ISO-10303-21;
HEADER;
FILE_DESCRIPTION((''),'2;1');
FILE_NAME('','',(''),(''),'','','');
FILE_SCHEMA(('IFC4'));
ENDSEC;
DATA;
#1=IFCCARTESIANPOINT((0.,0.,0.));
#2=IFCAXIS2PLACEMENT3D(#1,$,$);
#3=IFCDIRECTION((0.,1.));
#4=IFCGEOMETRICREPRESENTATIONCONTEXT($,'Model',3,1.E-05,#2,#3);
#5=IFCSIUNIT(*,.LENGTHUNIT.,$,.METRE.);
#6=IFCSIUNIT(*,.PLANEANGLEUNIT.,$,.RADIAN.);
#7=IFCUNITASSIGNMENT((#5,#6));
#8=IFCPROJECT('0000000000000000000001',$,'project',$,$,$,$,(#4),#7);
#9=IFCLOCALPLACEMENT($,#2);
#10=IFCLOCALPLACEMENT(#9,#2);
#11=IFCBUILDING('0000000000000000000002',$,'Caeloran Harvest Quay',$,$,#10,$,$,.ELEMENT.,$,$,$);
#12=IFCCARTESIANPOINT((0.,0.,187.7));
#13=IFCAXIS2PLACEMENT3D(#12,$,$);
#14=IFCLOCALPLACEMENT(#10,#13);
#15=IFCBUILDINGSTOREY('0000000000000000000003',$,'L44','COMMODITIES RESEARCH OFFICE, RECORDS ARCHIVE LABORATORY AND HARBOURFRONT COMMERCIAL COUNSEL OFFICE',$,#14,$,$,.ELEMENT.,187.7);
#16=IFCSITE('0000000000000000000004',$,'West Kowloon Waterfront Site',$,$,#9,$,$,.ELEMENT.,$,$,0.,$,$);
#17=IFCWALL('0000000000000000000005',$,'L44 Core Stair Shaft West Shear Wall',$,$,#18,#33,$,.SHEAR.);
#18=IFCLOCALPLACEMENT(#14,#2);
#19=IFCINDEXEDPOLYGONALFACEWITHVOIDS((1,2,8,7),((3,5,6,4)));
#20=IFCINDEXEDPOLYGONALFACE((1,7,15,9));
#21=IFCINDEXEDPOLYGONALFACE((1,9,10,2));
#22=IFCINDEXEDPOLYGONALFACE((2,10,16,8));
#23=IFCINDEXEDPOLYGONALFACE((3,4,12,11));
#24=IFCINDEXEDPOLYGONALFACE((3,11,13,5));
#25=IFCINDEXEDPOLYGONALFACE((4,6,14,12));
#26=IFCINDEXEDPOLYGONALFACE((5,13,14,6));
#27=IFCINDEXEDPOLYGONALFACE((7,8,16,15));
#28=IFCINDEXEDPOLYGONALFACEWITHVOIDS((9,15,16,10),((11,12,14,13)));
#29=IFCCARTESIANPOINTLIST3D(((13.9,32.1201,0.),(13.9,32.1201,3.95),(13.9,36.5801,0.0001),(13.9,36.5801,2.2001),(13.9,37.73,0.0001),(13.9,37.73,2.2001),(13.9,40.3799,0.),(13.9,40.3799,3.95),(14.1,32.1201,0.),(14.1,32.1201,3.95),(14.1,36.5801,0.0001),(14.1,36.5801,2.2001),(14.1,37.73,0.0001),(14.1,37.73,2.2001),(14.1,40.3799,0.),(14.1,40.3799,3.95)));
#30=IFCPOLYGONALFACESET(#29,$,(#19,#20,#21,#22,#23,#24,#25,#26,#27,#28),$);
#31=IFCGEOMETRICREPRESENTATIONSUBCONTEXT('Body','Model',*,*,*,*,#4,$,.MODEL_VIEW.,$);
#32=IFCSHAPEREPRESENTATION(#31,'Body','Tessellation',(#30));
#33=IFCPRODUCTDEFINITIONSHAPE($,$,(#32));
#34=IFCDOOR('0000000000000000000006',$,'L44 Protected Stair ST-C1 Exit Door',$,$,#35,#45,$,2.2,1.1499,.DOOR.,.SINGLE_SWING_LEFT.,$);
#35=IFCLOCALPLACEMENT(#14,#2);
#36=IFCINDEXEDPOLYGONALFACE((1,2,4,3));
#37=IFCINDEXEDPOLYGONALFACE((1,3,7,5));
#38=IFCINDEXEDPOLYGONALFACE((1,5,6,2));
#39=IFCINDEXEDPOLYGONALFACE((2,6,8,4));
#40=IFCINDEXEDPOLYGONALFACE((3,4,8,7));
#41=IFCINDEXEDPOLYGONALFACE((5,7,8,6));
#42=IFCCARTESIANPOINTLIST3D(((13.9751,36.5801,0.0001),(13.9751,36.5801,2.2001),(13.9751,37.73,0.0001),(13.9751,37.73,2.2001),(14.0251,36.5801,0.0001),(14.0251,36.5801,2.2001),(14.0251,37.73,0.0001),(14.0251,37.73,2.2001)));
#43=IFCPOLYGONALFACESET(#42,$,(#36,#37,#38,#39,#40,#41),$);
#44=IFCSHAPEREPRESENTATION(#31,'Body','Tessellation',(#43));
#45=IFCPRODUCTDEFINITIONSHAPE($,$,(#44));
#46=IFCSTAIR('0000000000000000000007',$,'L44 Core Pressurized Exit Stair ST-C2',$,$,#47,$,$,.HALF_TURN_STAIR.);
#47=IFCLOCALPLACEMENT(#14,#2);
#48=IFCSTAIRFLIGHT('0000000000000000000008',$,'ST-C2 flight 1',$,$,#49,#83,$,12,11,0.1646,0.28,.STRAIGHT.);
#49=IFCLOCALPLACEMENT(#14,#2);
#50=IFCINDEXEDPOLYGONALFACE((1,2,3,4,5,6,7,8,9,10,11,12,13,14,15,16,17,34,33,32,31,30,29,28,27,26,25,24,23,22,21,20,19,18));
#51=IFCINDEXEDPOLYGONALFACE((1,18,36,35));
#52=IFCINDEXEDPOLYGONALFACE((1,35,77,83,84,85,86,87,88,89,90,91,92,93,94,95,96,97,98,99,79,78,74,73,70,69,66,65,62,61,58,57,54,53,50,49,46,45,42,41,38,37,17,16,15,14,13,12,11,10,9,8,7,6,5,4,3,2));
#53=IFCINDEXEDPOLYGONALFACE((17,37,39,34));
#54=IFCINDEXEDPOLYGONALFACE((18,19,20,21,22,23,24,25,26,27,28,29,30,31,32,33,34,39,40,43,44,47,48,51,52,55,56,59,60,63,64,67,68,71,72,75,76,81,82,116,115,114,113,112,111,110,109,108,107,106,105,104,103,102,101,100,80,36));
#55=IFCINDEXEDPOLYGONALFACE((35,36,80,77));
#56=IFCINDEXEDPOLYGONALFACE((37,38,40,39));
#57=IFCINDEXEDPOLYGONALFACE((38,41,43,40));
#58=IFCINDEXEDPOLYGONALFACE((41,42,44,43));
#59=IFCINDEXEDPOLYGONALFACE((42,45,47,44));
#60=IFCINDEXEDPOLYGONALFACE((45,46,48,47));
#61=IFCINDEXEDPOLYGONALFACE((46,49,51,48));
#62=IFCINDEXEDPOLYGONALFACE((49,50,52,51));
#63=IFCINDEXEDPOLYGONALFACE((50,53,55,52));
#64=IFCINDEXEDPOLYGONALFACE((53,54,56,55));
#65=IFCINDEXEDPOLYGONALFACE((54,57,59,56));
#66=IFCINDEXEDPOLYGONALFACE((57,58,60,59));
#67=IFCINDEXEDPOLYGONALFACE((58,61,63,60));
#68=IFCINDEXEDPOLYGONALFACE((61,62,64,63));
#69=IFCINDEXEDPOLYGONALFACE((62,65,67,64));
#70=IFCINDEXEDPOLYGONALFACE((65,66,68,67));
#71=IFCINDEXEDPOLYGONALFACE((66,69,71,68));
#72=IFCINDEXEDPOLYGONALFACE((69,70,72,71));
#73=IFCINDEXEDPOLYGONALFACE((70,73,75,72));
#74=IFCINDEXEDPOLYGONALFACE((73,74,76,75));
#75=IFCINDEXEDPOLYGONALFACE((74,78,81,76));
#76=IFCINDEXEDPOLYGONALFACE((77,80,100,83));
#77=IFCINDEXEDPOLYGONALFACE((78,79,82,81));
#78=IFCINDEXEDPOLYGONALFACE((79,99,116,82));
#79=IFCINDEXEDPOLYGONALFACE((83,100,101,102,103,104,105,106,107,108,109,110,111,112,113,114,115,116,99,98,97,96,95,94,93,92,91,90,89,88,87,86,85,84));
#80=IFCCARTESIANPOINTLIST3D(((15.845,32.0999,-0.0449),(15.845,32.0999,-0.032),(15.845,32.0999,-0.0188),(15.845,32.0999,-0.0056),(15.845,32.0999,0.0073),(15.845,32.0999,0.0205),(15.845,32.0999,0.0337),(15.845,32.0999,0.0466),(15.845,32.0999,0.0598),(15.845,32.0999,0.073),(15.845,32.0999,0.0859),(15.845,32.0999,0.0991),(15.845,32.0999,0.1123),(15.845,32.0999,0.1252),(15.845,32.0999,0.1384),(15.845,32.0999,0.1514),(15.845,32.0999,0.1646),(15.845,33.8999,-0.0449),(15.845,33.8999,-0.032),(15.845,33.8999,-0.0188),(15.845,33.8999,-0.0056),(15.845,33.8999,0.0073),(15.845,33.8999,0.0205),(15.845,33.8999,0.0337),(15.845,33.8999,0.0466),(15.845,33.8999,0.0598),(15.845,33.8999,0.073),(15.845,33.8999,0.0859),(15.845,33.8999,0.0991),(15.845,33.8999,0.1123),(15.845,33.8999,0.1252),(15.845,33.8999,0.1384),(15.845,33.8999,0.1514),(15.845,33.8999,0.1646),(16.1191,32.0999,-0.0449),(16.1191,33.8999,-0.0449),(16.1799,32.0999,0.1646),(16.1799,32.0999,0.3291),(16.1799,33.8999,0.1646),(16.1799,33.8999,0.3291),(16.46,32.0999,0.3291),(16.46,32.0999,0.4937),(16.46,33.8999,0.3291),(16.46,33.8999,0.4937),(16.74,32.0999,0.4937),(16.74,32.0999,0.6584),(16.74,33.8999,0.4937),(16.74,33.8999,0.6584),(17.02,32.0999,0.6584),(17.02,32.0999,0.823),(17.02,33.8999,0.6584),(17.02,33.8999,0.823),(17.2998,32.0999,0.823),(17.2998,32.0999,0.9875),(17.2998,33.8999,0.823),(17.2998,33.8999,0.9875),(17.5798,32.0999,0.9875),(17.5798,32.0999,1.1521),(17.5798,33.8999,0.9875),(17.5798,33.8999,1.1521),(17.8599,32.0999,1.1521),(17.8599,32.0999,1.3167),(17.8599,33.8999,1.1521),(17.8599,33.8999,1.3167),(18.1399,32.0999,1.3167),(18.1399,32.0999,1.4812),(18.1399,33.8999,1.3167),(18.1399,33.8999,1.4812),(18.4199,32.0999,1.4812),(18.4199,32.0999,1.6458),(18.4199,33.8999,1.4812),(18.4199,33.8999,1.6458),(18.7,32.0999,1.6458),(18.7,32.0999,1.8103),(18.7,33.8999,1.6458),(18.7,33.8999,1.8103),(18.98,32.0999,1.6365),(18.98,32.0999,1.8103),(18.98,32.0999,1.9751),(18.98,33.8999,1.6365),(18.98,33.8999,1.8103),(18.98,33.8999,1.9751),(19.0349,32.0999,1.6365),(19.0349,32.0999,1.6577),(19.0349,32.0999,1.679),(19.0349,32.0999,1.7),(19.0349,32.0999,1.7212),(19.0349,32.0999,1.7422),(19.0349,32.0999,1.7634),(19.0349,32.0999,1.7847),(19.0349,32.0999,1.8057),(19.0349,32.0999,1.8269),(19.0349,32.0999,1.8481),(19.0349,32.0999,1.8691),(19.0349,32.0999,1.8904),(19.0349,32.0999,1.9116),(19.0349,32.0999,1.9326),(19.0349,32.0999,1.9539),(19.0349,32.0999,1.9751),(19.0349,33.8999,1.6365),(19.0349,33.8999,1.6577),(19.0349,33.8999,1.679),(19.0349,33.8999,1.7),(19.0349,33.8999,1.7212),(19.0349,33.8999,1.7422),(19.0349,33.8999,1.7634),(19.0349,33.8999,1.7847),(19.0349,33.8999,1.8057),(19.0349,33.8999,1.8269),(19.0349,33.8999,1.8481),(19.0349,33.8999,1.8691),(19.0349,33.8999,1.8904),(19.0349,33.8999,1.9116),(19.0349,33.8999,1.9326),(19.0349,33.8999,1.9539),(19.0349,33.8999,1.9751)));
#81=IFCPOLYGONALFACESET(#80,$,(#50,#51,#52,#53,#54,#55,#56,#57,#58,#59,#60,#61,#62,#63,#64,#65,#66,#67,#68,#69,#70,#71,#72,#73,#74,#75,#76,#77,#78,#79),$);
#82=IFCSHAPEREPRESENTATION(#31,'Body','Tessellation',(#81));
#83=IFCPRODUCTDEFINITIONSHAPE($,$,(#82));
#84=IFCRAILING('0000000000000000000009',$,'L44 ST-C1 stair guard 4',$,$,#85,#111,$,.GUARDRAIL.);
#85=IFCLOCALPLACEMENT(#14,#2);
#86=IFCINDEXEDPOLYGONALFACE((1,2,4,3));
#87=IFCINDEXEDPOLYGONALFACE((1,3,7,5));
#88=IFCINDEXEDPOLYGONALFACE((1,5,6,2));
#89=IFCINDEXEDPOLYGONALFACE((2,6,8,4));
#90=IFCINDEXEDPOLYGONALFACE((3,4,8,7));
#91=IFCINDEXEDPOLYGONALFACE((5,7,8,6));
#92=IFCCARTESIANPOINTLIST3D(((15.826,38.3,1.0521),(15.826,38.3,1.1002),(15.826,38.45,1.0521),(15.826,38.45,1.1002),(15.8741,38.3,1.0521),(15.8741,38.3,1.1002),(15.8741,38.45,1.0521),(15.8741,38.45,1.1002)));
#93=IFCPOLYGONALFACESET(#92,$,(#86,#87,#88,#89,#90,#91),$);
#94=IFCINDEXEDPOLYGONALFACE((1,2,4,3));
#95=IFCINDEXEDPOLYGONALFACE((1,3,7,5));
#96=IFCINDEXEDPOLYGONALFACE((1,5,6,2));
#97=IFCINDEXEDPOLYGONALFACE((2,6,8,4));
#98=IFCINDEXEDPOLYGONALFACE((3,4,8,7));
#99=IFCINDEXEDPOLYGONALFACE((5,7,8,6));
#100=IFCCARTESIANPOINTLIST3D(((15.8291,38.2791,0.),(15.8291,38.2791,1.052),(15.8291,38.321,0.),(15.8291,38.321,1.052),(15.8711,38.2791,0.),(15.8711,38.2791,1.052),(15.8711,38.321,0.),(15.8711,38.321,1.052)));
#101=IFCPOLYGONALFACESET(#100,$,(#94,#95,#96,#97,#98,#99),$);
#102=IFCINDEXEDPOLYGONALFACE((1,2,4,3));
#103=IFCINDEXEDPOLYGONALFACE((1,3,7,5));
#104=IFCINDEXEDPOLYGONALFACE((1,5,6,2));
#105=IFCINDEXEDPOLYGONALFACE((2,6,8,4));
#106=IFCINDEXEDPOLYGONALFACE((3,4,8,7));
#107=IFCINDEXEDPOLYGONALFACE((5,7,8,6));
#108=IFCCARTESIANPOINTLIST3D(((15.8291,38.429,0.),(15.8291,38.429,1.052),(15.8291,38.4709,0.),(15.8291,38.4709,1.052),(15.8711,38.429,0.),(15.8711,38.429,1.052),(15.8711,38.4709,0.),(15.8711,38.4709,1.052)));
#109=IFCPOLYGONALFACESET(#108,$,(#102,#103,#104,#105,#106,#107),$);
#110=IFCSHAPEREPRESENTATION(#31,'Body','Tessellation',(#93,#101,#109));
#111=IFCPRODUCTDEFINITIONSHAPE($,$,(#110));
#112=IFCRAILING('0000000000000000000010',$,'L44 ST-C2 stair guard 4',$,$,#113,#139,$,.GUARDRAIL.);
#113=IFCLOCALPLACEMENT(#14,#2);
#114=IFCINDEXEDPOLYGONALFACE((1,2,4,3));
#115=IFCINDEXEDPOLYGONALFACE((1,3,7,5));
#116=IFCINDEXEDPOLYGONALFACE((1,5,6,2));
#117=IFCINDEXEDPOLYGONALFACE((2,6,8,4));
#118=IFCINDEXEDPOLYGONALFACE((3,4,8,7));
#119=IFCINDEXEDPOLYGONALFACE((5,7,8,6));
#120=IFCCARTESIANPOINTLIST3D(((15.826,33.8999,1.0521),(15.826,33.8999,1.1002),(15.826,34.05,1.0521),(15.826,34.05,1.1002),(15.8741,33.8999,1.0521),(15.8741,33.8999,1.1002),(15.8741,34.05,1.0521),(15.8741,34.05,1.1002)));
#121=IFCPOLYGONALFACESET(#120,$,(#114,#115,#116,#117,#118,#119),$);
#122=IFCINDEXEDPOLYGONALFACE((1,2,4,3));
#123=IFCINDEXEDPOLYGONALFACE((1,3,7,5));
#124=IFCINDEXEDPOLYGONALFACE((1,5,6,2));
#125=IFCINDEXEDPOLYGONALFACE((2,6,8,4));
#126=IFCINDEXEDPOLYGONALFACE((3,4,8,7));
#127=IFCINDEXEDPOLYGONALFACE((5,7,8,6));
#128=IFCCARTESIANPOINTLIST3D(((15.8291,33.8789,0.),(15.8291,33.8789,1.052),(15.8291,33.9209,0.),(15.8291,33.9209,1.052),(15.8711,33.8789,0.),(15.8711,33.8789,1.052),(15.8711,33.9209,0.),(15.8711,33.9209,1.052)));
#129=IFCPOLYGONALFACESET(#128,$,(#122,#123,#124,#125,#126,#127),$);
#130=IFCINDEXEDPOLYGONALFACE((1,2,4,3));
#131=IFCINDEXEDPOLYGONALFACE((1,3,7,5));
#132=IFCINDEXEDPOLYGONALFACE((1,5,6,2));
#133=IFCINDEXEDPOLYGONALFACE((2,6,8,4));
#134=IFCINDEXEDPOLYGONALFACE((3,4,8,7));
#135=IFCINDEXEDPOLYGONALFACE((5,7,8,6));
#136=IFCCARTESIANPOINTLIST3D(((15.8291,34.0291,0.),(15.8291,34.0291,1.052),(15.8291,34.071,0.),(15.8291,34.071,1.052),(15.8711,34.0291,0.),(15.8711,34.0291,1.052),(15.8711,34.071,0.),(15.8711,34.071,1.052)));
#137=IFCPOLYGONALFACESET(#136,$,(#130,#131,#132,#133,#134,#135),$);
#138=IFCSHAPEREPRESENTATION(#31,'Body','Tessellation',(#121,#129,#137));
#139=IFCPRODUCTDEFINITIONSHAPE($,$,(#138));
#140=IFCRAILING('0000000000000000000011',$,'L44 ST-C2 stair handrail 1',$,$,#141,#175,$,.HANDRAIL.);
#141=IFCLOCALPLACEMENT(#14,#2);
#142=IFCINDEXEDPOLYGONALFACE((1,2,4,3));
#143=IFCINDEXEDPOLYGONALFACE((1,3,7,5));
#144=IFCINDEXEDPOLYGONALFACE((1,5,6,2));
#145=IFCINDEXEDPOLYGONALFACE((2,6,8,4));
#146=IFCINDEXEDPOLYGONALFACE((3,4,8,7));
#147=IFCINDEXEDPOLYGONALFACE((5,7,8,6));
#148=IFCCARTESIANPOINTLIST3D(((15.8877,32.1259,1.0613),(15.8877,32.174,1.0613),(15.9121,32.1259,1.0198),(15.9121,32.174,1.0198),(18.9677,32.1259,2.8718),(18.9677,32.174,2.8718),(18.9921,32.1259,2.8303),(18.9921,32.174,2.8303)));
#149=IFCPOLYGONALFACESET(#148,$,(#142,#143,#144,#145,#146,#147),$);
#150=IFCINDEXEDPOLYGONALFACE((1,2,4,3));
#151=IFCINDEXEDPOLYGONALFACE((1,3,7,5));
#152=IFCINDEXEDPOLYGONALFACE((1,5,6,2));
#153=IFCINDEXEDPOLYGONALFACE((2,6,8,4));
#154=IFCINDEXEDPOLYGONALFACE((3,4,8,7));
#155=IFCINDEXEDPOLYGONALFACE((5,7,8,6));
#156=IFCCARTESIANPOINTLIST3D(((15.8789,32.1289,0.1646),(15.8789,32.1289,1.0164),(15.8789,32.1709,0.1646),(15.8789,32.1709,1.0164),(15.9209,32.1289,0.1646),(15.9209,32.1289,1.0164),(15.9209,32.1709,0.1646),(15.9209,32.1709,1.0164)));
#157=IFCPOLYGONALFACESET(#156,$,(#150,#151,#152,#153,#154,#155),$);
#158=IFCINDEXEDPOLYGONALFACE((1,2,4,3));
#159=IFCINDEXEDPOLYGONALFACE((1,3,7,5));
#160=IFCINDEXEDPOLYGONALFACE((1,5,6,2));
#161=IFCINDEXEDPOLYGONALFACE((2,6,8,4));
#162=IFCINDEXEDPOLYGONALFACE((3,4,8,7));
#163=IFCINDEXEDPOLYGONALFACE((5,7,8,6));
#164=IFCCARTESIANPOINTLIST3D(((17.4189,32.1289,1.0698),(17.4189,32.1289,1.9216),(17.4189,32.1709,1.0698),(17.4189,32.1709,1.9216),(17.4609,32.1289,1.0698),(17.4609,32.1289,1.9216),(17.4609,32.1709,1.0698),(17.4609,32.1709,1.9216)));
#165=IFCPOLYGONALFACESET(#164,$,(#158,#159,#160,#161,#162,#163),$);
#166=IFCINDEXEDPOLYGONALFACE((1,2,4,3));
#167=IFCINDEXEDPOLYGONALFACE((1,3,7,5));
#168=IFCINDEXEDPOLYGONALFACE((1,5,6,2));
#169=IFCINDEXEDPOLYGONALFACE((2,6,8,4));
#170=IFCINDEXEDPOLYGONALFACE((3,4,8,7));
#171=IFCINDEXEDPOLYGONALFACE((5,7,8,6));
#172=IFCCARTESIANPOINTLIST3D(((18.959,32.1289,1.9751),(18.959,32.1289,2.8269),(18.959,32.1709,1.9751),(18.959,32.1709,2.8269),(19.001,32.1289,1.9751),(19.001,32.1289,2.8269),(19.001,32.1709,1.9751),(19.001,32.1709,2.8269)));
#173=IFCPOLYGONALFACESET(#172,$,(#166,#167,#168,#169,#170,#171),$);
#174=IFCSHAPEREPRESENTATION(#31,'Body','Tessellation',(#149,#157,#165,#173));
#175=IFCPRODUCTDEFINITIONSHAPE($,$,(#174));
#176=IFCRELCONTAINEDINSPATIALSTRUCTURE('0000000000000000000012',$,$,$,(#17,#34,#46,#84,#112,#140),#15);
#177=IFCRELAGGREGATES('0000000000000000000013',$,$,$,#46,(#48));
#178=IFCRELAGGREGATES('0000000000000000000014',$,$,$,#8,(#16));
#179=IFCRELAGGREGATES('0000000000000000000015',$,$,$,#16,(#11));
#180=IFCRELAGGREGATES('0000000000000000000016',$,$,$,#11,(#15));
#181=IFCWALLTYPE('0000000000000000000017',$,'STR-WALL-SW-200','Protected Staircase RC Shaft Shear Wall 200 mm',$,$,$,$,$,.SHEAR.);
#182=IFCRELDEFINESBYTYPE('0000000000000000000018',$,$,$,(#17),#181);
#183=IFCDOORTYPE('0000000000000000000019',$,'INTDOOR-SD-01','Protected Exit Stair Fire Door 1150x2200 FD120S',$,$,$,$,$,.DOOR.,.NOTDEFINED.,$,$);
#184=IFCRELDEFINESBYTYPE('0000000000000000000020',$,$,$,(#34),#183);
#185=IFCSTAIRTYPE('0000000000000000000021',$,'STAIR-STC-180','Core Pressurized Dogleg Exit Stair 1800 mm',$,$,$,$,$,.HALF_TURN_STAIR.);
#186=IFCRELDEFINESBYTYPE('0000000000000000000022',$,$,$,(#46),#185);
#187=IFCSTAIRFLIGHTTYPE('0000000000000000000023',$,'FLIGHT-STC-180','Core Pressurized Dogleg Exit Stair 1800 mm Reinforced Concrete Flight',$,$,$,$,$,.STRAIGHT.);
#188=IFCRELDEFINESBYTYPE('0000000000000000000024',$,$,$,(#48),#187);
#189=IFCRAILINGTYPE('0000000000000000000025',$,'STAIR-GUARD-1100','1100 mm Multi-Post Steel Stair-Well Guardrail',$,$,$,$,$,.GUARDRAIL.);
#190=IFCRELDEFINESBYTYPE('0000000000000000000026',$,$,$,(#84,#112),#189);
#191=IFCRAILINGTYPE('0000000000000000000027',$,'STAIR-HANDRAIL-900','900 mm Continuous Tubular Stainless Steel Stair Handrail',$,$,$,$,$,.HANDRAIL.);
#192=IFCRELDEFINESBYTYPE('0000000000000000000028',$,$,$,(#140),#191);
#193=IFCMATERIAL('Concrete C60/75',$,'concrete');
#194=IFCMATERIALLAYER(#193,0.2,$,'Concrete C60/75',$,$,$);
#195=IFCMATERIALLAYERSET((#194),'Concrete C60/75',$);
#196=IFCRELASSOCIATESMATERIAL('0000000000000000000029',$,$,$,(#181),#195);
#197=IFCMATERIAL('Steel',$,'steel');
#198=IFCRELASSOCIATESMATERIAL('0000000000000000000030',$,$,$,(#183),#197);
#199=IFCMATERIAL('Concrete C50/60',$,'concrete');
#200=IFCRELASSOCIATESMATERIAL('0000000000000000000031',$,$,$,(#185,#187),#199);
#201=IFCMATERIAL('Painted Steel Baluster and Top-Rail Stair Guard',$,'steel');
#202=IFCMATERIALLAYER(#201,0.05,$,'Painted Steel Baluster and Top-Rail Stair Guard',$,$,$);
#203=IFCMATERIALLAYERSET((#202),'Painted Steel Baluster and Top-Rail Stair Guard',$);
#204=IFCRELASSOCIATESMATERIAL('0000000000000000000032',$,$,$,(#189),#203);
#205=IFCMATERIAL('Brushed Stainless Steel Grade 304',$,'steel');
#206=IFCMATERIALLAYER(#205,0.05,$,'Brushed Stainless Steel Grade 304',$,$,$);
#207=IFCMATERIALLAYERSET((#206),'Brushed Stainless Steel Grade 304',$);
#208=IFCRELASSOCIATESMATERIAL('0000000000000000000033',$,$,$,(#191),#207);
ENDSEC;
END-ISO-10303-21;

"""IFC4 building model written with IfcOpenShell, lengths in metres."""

from ifc_helpers import new_model, si_unit, direction, frame, frame_2d, origin, origin_2d, place, context, subcontext, project, spatial, polyline, rectangle, outline, extrude, material, layer, layer_set, type_object, element, fill, aggregate, save


model = new_model("IFC4")

# Units and contexts
model_context = context("Model", 3, precision=1e-05, world=origin(), true_north=direction((0.0, 1.0)))
body_context = subcontext(model_context, "Body", "Model", "MODEL_VIEW")
ifc_project = project(units=[si_unit("LENGTHUNIT", "METRE"), si_unit("PLANEANGLEUNIT", "RADIAN")], contexts=[model_context])

# Site, building, storey
site_placement = place(None, origin())
site = spatial("IfcSite", under=ifc_project, at=site_placement, Name="West Kowloon Waterfront Site", CompositionType="ELEMENT", RefElevation=0.0)
building_placement = place(site_placement, origin())
building = spatial("IfcBuilding", under=site, at=building_placement, Name="Caeloran Harvest Quay", CompositionType="ELEMENT")
storey_placement = place(building_placement, frame((0.0, 0.0, 187.7)))
storey = spatial("IfcBuildingStorey", under=building, at=storey_placement, Name="L44", Description="COMMODITIES RESEARCH OFFICE, RECORDS ARCHIVE LABORATORY AND HARBOURFRONT COMMERCIAL COUNSEL OFFICE", CompositionType="ELEMENT", Elevation=187.7)

# Shared definitions
ifc_material_1 = material(Name="Concrete C60/75", Category="concrete")

# Shared definitions
ifc_material_2 = material(Name="Concrete C50/60", Category="concrete")

# Shared definitions
ifc_material_3 = material(Name="Steel", Category="steel")

# Wall, opening, door
ifc_layer_1 = layer(ifc_material_1, 0.2, Name="Concrete C60/75")
ifc_layer_set_1 = layer_set([ifc_layer_1], Name="Concrete C60/75")
wall_type_1 = type_object("IfcWallType", Name="STR-WALL-SW-200", Description="Protected Staircase RC Shaft Shear Wall 200 mm", PredefinedType="SHEAR", material=ifc_layer_set_1)
wall_1_placement = place(storey_placement, frame((14.0, 32.1201, 0.0), z_axis=(0.0, 0.0, 1.0), x_axis=(0.0, 1.0, 0.0)))
wall_1 = element("IfcWall", 1, at=wall_1_placement, inside=storey, type_object=wall_type_1, Name="L44 Core Stair Shaft West Shear Wall", PredefinedType="SHEAR", context=body_context, shape_type="SweptSolid", body=[
    extrude(rectangle(XDim=8.2598, YDim=0.2, at=frame_2d((4.1299, 0.0))), origin(), (0.0, 0.0, 1.0), 3.95),
])
opening_1_placement = place(wall_1_placement, frame((4.46, 0.0, 0.0)))
opening_1 = element("IfcOpeningElement", 2, at=opening_1_placement, cuts=wall_1, PredefinedType="OPENING", context=body_context, shape_type="SweptSolid", body=[
    extrude(rectangle(XDim=1.1499, YDim=2.2, at=frame_2d((0.575, 1.1001))), frame((0.0, 0.1099, 0.0), z_axis=(0.0, -1.0, 0.0), x_axis=(1.0, 0.0, 0.0)), (0.0, 0.0, 1.0), 0.22),
])
door_type_1 = type_object("IfcDoorType", Name="INTDOOR-SD-01", Description="Protected Exit Stair Fire Door 1150x2200 FD120S", OperationType="NOTDEFINED", PredefinedType="DOOR", material=ifc_material_3)
door_1_placement = place(opening_1_placement, origin())
door_1 = element("IfcDoor", 3, at=door_1_placement, inside=storey, type_object=door_type_1, Name="L44 Protected Stair ST-C1 Exit Door", OperationType="SINGLE_SWING_LEFT", OverallHeight=2.2, OverallWidth=1.1499, PredefinedType="DOOR", context=body_context, shape_type="SweptSolid", body=[
    extrude(rectangle(XDim=1.1499, YDim=2.2, at=frame_2d((0.575, 1.1001))), frame((0.0, 0.0249, 0.0), z_axis=(0.0, -1.0, 0.0), x_axis=(1.0, 0.0, 0.0)), (0.0, 0.0, 1.0), 0.05),
])
fill(opening_1, door_1)

# Stair, stair flight
stair_type = type_object("IfcStairType", Name="STAIR-STC-180", Description="Core Pressurized Dogleg Exit Stair 1800 mm", PredefinedType="HALF_TURN_STAIR", material=ifc_material_2)
stair_placement = place(storey_placement, origin())
stair = element("IfcStair", 4, at=stair_placement, inside=storey, type_object=stair_type, Name="L44 Core Pressurized Exit Stair ST-C2", PredefinedType="HALF_TURN_STAIR")
stair_flight_type = type_object("IfcStairFlightType", Name="FLIGHT-STC-180", Description="Core Pressurized Dogleg Exit Stair 1800 mm Reinforced Concrete Flight", PredefinedType="STRAIGHT", material=ifc_material_2)
stair_flight_placement = place(storey_placement, frame((15.8999, 33.0, 0.0), z_axis=(0.0, 0.0, 1.0), x_axis=(1.0, 0.0, 0.0)))
stair_flight = element("IfcStairFlight", 5, at=stair_flight_placement, type_object=stair_flight_type, Name="ST-C2 flight 1", NumberOfRisers=12, NumberOfTreads=11, PredefinedType="STRAIGHT", RiserHeight=0.1646, TreadLength=0.28, context=body_context, shape_type="SweptSolid", body=[
    extrude(outline(polyline([(-0.0549, -0.0449), (-0.0549, -0.032), (-0.0549, -0.0188), (-0.0549, -0.0056), (-0.0549, 0.0073), (-0.0549, 0.0205), (-0.0549, 0.0337), (-0.0549, 0.0466), (-0.0549, 0.0598), (-0.0549, 0.073), (-0.0549, 0.0859), (-0.0549, 0.0991), (-0.0549, 0.1123), (-0.0549, 0.1252), (-0.0549, 0.1384), (-0.0549, 0.1514), (-0.0549, 0.1646), (0.28, 0.1646), (0.28, 0.3291), (0.5601, 0.3291), (0.5601, 0.4937), (0.8401, 0.4937), (0.8401, 0.6584), (1.1201, 0.6584), (1.1201, 0.823), (1.3999, 0.823), (1.3999, 0.9875), (1.6799, 0.9875), (1.6799, 1.1521), (1.96, 1.1521), (1.96, 1.3167), (2.24, 1.3167), (2.24, 1.4812), (2.52, 1.4812), (2.52, 1.6458), (2.8, 1.6458), (2.8, 1.8103), (3.0801, 1.8103), (3.0801, 1.9751), (3.135, 1.9751), (3.135, 1.9539), (3.135, 1.9326), (3.135, 1.9116), (3.135, 1.8904), (3.135, 1.8691), (3.135, 1.8481), (3.135, 1.8269), (3.135, 1.8057), (3.135, 1.7847), (3.135, 1.7634), (3.135, 1.7422), (3.135, 1.7212), (3.135, 1.7), (3.135, 1.679), (3.135, 1.6577), (3.135, 1.6365), (3.0801, 1.6365), (0.2192, -0.0449), (-0.0549, -0.0449)])), frame((0.0, 0.8999, 0.0), z_axis=(0.0, -1.0, 0.0), x_axis=(1.0, 0.0, 0.0)), (0.0, 0.0, 1.0), 1.8),
])
aggregate(stair, [stair_flight])

# Railings
ifc_material_4 = material(Name="Painted Steel Baluster and Top-Rail Stair Guard", Category="steel")
ifc_layer_2 = layer(ifc_material_4, 0.05, Name="Painted Steel Baluster and Top-Rail Stair Guard")
ifc_layer_set_2 = layer_set([ifc_layer_2], Name="Painted Steel Baluster and Top-Rail Stair Guard")
railing_type_1 = type_object("IfcRailingType", Name="STAIR-GUARD-1100", Description="1100 mm Multi-Post Steel Stair-Well Guardrail", PredefinedType="GUARDRAIL", material=ifc_layer_set_2)
railing_1_placement = place(storey_placement, frame((15.8501, 38.3, 0.0)))
element("IfcRailing", 6, at=railing_1_placement, inside=storey, type_object=railing_type_1, Name="L44 ST-C1 stair guard 4", PredefinedType="GUARDRAIL", context=body_context, shape_type="SweptSolid", body=[
    extrude(rectangle(XDim=0.0481, YDim=0.0481, at=origin_2d()), frame((0.0, 0.0, 1.0762), z_axis=(0.0, 1.0, 0.0), x_axis=(-1.0, 0.0, 0.0)), (0.0, 0.0, 1.0), 0.1499),
    extrude(rectangle(XDim=0.042, YDim=0.042, at=origin_2d()), origin(), (0.0, 0.0, 1.0), 1.052),
    extrude(rectangle(XDim=0.042, YDim=0.042, at=origin_2d()), frame((0.0, 0.1499, 0.0)), (0.0, 0.0, 1.0), 1.052),
])
railing_2_placement = place(storey_placement, frame((15.8501, 33.8999, 0.0)))
element("IfcRailing", 7, at=railing_2_placement, inside=storey, type_object=railing_type_1, Name="L44 ST-C2 stair guard 4", PredefinedType="GUARDRAIL", context=body_context, shape_type="SweptSolid", body=[
    extrude(rectangle(XDim=0.0481, YDim=0.0481, at=origin_2d()), frame((0.0, 0.0, 1.0762), z_axis=(0.0, 1.0, 0.0), x_axis=(-1.0, 0.0, 0.0)), (0.0, 0.0, 1.0), 0.1501),
    extrude(rectangle(XDim=0.042, YDim=0.042, at=origin_2d()), origin(), (0.0, 0.0, 1.0), 1.052),
    extrude(rectangle(XDim=0.042, YDim=0.042, at=origin_2d()), frame((0.0, 0.1501, 0.0)), (0.0, 0.0, 1.0), 1.052),
])
ifc_material_5 = material(Name="Brushed Stainless Steel Grade 304", Category="steel")
ifc_layer_3 = layer(ifc_material_5, 0.05, Name="Brushed Stainless Steel Grade 304")
ifc_layer_set_3 = layer_set([ifc_layer_3], Name="Brushed Stainless Steel Grade 304")
railing_type_2 = type_object("IfcRailingType", Name="STAIR-HANDRAIL-900", Description="900 mm Continuous Tubular Stainless Steel Stair Handrail", PredefinedType="HANDRAIL", material=ifc_layer_set_3)
railing_3_placement = place(storey_placement, frame((15.8999, 32.1499, 0.1646)))
element("IfcRailing", 8, at=railing_3_placement, inside=storey, type_object=railing_type_2, Name="L44 ST-C2 stair handrail 1", PredefinedType="HANDRAIL", context=body_context, shape_type="SweptSolid", body=[
    extrude(rectangle(XDim=0.0481, YDim=0.0481, at=origin_2d()), frame((0.0, 0.0, 0.876), z_axis=(0.862089, 0.0, 0.506757), x_axis=(0.0, 1.0, 0.0)), (0.0, 0.0, 1.0), 3.5728),
    extrude(rectangle(XDim=0.042, YDim=0.042, at=origin_2d()), origin(), (0.0, 0.0, 1.0), 0.8518),
    extrude(rectangle(XDim=0.042, YDim=0.042, at=origin_2d()), frame((1.54, 0.0, 0.9053)), (0.0, 0.0, 1.0), 0.8518),
    extrude(rectangle(XDim=0.042, YDim=0.042, at=origin_2d()), frame((3.0801, 0.0, 1.8105)), (0.0, 0.0, 1.0), 0.8518),
])

save(model, "model.ifc")
